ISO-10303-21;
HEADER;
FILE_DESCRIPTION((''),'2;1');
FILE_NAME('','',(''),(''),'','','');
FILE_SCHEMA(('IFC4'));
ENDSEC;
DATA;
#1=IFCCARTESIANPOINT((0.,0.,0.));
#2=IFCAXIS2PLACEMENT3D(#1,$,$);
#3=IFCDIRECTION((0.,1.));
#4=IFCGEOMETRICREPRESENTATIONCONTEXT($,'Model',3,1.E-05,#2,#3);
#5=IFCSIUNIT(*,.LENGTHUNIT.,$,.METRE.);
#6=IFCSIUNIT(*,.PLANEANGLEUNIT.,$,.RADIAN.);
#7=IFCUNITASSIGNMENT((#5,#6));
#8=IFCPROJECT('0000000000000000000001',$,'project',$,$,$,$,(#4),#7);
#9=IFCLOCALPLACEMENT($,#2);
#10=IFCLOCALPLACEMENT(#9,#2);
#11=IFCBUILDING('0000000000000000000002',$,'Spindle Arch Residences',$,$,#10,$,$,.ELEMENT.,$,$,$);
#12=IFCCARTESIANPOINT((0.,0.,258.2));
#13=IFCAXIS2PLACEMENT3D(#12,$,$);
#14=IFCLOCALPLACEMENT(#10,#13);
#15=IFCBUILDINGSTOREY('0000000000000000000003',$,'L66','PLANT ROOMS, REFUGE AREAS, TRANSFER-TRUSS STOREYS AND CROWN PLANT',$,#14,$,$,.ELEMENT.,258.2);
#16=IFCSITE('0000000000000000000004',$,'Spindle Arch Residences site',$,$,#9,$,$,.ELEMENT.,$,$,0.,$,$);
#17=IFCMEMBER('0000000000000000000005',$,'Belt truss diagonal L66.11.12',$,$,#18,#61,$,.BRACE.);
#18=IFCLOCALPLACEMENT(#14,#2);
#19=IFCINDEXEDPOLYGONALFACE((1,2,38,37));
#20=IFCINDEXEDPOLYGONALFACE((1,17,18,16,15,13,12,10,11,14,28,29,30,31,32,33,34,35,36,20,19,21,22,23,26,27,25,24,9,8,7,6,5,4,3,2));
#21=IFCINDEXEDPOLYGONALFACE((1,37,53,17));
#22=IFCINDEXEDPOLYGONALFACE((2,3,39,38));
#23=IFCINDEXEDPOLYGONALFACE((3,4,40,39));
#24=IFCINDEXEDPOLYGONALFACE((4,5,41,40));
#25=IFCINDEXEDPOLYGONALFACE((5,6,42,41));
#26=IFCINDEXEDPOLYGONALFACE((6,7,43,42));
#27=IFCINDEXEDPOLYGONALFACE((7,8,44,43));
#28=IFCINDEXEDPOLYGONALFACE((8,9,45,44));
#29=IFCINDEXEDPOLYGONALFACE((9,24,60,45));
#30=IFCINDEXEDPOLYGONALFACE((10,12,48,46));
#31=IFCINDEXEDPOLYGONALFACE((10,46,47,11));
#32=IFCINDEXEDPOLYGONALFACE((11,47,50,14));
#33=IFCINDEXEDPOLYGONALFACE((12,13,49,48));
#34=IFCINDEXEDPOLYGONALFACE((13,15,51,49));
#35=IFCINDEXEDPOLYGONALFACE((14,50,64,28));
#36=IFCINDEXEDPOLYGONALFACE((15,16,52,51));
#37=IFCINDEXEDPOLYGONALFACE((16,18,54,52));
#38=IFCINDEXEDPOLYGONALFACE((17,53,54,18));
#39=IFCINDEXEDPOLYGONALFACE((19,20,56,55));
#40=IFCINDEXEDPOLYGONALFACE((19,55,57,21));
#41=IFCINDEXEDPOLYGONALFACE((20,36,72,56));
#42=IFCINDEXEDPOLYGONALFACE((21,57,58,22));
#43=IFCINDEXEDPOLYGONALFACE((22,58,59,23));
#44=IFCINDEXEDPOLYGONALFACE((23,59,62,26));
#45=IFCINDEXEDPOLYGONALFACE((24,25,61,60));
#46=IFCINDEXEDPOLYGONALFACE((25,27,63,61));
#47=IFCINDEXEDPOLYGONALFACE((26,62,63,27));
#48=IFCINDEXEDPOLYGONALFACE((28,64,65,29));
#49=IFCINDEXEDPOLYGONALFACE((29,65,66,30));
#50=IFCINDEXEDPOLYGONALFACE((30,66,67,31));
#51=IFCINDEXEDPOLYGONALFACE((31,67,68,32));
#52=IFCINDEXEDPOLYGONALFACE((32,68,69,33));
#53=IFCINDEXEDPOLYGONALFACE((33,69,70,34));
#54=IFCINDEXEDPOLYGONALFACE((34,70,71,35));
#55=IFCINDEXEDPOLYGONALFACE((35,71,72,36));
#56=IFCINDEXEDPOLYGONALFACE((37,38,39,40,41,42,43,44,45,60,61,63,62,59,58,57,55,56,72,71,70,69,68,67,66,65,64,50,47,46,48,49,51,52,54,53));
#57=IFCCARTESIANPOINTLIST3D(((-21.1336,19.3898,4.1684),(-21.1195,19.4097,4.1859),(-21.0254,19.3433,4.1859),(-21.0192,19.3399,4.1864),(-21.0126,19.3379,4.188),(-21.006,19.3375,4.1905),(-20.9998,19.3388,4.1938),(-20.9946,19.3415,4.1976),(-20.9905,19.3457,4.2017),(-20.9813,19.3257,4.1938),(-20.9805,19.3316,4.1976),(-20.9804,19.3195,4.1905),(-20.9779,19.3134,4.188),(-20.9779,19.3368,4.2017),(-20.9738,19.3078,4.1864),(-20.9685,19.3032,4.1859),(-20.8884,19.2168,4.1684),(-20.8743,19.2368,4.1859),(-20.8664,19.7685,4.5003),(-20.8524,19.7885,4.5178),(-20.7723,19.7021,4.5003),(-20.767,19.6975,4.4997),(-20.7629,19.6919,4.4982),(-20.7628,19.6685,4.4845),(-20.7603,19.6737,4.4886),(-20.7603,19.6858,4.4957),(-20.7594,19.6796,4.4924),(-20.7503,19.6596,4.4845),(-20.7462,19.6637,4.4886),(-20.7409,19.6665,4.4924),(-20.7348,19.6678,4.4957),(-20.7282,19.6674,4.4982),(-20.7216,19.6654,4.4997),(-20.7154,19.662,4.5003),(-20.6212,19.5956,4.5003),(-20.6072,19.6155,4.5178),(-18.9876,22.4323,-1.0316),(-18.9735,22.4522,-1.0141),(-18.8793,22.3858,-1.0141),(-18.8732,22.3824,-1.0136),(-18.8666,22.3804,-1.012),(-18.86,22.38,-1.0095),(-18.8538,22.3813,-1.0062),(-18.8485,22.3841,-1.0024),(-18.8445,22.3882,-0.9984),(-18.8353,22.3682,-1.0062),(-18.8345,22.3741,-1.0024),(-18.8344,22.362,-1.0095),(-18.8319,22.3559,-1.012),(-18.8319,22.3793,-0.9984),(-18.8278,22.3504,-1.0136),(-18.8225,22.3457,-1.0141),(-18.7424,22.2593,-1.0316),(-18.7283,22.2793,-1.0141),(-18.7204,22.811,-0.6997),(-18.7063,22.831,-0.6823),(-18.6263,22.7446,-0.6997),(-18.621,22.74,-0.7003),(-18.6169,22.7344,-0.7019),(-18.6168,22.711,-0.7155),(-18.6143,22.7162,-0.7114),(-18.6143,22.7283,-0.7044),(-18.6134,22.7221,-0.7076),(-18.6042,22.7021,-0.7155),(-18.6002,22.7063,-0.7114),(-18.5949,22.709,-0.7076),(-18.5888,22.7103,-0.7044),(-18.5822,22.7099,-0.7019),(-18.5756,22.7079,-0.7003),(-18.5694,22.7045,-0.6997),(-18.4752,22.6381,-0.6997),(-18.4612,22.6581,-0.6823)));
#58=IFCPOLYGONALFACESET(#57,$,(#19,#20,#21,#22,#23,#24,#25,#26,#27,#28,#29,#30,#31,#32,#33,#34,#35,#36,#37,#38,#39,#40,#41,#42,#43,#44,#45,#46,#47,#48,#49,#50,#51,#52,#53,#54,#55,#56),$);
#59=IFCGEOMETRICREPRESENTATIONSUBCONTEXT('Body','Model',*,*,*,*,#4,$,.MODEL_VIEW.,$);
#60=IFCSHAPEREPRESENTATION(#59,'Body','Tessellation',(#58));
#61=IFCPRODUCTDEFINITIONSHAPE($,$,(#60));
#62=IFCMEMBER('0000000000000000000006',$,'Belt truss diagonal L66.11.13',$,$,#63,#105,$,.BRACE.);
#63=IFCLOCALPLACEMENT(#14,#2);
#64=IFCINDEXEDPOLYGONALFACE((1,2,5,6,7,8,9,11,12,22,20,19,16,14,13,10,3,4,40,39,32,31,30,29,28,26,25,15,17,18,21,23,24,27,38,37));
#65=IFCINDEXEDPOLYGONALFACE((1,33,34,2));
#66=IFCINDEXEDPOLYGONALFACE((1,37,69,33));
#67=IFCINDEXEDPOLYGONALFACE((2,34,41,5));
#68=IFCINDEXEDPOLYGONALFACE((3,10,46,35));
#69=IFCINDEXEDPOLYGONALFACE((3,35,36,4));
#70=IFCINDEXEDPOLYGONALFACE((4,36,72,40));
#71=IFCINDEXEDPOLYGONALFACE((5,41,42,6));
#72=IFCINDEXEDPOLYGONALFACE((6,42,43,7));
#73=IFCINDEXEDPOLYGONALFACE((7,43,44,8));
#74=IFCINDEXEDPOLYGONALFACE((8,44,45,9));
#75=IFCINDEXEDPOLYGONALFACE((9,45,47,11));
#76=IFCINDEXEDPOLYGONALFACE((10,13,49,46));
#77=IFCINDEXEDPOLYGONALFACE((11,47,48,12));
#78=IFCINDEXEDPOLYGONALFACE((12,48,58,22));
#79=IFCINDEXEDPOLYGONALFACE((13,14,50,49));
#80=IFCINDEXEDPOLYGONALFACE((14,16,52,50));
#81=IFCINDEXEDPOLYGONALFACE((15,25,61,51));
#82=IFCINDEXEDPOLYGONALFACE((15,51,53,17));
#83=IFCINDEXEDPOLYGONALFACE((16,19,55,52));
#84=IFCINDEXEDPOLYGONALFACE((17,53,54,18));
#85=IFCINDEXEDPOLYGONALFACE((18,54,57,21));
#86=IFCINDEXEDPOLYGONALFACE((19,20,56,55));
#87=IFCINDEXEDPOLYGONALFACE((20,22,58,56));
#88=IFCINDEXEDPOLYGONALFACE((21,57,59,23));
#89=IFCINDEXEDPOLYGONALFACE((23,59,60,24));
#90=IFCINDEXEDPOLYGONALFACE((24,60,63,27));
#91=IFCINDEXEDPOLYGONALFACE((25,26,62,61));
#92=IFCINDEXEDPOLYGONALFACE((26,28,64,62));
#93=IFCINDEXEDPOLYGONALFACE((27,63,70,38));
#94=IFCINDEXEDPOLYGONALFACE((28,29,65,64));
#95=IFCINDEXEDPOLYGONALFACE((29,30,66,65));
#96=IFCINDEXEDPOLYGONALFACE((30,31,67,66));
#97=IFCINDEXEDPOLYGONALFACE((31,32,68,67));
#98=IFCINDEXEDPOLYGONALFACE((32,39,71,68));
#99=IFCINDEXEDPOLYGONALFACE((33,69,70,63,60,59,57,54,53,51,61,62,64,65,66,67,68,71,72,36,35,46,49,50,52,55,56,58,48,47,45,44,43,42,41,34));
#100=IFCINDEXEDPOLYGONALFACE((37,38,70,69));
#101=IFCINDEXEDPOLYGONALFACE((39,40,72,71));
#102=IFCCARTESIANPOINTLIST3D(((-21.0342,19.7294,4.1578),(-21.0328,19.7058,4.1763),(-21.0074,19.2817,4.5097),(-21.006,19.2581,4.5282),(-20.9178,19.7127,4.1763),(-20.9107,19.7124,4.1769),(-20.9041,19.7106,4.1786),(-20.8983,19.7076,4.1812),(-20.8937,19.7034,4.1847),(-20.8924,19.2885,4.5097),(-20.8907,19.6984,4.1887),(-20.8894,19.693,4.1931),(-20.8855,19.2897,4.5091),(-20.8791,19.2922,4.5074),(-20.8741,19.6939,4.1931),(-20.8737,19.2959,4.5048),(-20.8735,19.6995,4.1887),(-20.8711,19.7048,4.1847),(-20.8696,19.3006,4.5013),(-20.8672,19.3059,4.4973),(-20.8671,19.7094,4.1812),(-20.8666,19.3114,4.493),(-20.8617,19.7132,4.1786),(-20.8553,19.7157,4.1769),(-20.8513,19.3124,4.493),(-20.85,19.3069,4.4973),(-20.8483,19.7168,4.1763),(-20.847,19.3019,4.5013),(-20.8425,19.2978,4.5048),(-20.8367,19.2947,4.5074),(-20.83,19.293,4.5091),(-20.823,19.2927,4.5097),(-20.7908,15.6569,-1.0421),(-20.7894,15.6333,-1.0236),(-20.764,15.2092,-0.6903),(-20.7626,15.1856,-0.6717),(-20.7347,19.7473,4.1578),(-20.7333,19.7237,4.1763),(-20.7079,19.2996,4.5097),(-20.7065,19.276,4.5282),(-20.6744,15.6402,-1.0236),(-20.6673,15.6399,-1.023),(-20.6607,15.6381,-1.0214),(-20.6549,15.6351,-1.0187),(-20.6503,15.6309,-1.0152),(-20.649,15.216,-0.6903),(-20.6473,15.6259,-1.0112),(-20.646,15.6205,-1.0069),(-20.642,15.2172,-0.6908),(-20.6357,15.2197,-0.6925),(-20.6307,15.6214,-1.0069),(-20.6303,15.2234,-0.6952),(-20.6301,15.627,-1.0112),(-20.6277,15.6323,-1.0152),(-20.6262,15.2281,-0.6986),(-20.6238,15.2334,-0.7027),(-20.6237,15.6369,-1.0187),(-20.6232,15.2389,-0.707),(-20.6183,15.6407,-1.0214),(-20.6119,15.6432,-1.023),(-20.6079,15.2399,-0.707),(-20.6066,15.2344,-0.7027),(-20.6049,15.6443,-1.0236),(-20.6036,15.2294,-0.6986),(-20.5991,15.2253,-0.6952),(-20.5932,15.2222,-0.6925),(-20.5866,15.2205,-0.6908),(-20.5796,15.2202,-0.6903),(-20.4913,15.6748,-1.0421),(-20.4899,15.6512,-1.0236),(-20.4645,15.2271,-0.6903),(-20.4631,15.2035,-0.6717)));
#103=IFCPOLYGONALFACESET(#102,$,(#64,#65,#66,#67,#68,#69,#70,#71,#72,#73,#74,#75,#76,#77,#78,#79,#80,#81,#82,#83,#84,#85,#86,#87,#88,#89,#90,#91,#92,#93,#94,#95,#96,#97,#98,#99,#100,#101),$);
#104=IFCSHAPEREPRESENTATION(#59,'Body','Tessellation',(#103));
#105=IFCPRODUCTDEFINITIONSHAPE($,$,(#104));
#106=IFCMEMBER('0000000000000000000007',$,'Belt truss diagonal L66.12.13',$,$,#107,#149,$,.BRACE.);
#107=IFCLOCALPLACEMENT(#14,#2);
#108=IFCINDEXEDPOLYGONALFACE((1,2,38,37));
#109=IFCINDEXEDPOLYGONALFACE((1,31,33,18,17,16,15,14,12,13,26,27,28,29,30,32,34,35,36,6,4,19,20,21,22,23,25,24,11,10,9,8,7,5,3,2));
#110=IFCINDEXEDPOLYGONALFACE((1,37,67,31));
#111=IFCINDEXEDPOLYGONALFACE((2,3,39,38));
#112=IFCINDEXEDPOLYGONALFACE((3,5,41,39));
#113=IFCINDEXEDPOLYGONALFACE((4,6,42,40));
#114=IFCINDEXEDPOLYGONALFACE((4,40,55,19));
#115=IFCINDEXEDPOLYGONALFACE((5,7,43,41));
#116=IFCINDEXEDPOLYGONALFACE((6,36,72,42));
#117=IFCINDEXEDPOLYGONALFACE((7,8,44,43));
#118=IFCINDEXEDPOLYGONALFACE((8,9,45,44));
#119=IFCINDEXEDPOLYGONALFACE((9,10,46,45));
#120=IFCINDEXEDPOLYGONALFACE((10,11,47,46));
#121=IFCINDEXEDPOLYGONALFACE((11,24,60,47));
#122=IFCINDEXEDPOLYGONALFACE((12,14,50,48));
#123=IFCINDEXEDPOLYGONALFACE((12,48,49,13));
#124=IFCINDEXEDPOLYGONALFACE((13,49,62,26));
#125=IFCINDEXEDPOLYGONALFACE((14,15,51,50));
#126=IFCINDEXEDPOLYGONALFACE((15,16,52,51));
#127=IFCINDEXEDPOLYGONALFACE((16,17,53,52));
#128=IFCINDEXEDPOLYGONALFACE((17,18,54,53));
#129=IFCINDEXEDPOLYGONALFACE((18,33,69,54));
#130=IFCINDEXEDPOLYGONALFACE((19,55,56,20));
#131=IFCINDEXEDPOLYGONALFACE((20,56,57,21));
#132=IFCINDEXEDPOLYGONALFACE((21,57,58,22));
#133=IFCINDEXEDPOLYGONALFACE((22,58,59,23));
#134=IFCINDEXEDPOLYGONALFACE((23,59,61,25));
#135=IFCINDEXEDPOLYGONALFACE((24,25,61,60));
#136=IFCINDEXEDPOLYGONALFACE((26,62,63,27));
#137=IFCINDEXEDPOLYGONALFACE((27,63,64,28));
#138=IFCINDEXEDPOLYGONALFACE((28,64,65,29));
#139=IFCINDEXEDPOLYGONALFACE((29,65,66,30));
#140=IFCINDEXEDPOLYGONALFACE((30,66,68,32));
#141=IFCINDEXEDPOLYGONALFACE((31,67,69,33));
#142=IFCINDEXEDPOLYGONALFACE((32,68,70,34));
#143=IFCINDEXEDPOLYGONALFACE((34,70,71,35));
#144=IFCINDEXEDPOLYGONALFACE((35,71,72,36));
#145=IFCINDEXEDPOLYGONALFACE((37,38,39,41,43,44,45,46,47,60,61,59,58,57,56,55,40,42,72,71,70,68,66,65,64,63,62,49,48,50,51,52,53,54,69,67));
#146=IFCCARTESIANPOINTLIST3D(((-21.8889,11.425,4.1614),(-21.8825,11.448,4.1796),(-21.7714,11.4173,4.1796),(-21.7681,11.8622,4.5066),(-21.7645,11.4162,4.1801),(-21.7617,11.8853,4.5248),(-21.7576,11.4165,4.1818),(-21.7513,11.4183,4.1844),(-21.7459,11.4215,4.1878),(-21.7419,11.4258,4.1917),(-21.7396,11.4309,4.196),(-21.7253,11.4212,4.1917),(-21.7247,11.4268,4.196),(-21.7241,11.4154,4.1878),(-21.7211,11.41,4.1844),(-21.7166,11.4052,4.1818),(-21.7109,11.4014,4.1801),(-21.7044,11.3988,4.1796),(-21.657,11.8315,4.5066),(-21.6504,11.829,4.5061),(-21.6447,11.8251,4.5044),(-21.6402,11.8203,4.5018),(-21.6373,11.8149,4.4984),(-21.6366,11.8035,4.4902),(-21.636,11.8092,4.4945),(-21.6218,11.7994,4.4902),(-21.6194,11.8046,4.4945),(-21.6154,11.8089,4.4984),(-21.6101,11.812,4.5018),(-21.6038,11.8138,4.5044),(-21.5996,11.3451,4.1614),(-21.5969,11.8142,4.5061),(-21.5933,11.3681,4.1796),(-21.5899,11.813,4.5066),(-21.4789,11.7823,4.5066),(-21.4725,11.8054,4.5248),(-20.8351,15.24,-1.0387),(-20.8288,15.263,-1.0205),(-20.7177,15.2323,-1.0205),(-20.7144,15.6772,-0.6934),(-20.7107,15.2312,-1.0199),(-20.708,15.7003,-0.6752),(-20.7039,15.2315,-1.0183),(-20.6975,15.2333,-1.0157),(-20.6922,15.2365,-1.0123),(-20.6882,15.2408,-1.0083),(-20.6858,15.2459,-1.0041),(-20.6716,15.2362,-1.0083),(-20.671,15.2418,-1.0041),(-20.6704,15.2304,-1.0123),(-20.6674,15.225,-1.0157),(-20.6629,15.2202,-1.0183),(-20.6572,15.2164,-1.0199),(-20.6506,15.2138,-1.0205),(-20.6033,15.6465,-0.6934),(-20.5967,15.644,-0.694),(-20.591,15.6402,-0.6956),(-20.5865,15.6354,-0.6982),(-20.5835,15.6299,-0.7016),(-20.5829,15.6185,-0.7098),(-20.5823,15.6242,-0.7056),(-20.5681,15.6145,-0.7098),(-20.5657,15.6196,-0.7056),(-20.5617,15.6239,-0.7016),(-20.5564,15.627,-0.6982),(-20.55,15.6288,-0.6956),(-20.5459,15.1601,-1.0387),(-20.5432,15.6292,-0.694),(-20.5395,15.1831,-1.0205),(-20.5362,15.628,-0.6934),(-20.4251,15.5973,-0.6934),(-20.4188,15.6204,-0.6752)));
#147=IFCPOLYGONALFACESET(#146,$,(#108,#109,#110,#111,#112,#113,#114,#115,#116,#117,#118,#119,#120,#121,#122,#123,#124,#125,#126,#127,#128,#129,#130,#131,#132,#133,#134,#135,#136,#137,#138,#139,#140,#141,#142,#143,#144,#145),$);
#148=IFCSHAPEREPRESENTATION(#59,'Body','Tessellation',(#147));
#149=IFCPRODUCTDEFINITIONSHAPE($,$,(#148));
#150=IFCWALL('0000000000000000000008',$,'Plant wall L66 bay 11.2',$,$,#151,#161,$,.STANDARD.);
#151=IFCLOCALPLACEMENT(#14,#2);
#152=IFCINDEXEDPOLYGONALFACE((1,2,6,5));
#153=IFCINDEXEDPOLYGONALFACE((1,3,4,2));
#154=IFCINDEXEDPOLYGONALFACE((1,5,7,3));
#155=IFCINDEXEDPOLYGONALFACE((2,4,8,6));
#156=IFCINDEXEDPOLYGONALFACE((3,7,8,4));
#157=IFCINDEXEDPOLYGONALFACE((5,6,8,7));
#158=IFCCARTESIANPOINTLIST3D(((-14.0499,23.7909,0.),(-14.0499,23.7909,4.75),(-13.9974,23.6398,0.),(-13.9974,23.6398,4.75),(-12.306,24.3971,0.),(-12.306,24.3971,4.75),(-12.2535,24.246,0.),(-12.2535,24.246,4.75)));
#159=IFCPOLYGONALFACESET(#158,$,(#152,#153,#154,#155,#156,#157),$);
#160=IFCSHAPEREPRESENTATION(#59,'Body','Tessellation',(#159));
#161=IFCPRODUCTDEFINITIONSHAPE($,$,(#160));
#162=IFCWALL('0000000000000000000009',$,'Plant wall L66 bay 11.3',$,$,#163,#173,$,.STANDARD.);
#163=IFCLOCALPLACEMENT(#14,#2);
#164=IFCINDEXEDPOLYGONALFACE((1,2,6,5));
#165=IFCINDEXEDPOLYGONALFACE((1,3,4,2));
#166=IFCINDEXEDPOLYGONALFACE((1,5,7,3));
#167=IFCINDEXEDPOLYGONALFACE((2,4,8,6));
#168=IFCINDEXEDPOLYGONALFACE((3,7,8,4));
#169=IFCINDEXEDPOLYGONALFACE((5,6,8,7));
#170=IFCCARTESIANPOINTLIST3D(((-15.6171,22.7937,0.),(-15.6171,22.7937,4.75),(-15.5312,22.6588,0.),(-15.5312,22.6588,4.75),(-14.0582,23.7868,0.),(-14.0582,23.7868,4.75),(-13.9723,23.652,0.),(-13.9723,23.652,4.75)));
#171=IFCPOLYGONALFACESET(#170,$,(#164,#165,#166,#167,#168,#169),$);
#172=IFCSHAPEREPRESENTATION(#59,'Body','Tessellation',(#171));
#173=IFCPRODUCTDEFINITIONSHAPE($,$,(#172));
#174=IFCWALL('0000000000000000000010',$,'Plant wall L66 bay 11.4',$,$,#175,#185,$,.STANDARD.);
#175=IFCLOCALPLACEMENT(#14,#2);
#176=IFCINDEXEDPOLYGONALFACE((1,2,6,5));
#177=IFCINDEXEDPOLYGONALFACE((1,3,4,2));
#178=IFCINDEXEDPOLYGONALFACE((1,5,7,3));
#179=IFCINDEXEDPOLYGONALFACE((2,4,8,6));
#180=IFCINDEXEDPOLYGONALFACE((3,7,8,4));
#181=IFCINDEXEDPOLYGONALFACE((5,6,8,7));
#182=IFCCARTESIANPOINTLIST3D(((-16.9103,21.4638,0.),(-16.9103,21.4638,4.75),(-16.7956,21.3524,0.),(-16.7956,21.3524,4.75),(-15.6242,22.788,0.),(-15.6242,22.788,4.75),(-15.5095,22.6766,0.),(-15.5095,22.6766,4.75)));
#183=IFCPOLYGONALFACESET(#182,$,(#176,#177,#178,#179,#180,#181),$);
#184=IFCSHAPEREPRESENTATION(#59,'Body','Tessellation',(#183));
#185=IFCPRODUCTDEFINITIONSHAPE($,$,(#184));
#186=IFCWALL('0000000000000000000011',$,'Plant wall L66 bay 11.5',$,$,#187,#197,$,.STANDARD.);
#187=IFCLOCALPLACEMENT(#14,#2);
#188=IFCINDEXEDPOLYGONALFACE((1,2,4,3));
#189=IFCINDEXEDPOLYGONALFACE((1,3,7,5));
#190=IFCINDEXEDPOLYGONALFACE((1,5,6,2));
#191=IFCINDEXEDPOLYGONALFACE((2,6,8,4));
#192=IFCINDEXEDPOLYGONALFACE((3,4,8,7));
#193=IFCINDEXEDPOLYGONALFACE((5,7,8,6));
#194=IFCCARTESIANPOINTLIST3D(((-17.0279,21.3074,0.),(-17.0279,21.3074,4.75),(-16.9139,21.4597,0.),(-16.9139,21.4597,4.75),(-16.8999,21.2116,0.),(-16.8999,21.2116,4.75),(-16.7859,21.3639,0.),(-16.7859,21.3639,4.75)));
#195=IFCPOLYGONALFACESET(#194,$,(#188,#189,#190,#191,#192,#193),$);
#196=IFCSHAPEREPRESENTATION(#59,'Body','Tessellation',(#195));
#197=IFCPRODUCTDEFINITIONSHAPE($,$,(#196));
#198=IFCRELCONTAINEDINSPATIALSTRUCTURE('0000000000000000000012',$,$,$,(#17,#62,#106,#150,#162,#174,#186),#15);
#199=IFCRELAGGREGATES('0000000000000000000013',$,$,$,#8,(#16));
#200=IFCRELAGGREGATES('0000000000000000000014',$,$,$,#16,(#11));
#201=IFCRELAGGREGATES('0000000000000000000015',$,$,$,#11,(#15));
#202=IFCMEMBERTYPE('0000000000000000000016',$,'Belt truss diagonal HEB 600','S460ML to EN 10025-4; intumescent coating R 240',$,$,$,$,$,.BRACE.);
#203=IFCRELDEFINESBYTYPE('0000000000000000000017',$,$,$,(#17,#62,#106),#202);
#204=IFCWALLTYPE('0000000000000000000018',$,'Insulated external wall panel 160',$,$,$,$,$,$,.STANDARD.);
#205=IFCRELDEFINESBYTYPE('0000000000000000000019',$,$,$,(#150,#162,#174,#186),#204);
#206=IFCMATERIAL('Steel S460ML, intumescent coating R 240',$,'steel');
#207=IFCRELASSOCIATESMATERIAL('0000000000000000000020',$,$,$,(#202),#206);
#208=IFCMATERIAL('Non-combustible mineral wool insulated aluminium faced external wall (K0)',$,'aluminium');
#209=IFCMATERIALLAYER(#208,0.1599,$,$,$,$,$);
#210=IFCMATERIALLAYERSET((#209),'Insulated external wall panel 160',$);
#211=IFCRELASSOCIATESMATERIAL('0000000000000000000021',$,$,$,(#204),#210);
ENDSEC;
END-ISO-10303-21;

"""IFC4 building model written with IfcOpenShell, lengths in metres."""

from ifc_helpers import new_model, si_unit, direction, frame, frame_2d, origin, origin_2d, place, context, subcontext, project, spatial, rectangle, i_section, extrude, material, layer, layer_set, material_profile, profile_set, type_object, element, save


model = new_model("IFC4")

# Units and contexts
model_context = context("Model", 3, precision=1e-05, world=origin(), true_north=direction((0.0, 1.0)))
body_context = subcontext(model_context, "Body", "Model", "MODEL_VIEW")
ifc_project = project(units=[si_unit("LENGTHUNIT", "METRE"), si_unit("PLANEANGLEUNIT", "RADIAN")], contexts=[model_context])

# Site, building, storey
site_placement = place(None, origin())
site = spatial("IfcSite", under=ifc_project, at=site_placement, Name="Spindle Arch Residences site", CompositionType="ELEMENT", RefElevation=0.0)
building_placement = place(site_placement, origin())
building = spatial("IfcBuilding", under=site, at=building_placement, Name="Spindle Arch Residences", CompositionType="ELEMENT")
storey_placement = place(building_placement, frame((0.0, 0.0, 258.2)))
storey = spatial("IfcBuildingStorey", under=building, at=storey_placement, Name="L66", Description="PLANT ROOMS, REFUGE AREAS, TRANSFER-TRUSS STOREYS AND CROWN PLANT", CompositionType="ELEMENT", Elevation=258.2)

# Members
ifc_material_1 = material(Name="Steel S460ML, intumescent coating R 240", Category="steel")
ifc_material_profile_1 = material_profile(ifc_material_1, i_section(OverallWidth=0.3, OverallDepth=0.6001, WebThickness=0.0154, FlangeThickness=0.03, FilletRadius=0.0271, at=origin_2d()), Name="HEB 600")
ifc_profile_set_1 = profile_set([ifc_material_profile_1], Name="Steel S460ML, intumescent coating R 240")
member_type_1 = type_object("IfcMemberType", Name="Belt truss diagonal HEB 600", Description="S460ML to EN 10025-4; intumescent coating R 240", PredefinedType="BRACE", material=ifc_profile_set_1)
member_1_placement = place(storey_placement, frame((-18.7244, 22.5452, -0.8569), z_axis=(-0.335552, -0.475728, 0.813073), x_axis=(0.817175, -0.57639, 0.0)))
element("IfcMember", 1, at=member_1_placement, inside=storey, type_object=member_type_1, Name="Belt truss diagonal L66.11.12", PredefinedType="BRACE", context=body_context, shape_type="SweptSolid", body=[
    extrude(i_section(OverallWidth=0.3, OverallDepth=0.6001, WebThickness=0.0154, FlangeThickness=0.03, FilletRadius=0.0271, at=origin_2d()), origin(), (0.0, 0.0, 1.0), 6.3955),
])
member_2_placement = place(storey_placement, frame((-20.627, 15.4302, -0.8569), z_axis=(-0.036828, 0.61617, 0.786752), x_axis=(-0.998219, -0.059662, 0.0)))
element("IfcMember", 2, at=member_2_placement, inside=storey, type_object=member_type_1, Name="Belt truss diagonal L66.11.13", PredefinedType="BRACE", context=body_context, shape_type="SweptSolid", body=[
    extrude(i_section(OverallWidth=0.3, OverallDepth=0.6001, WebThickness=0.0154, FlangeThickness=0.03, FilletRadius=0.0271, at=origin_2d()), origin(), (0.0, 0.0, 1.0), 6.6094),
])
member_3_placement = place(storey_placement, frame((-20.627, 15.4302, -0.8569), z_axis=(-0.161246, -0.583789, 0.795733), x_axis=(0.963908, -0.266237, 0.0)))
element("IfcMember", 3, at=member_3_placement, inside=storey, type_object=member_type_1, Name="Belt truss diagonal L66.12.13", PredefinedType="BRACE", context=body_context, shape_type="SweptSolid", body=[
    extrude(i_section(OverallWidth=0.3, OverallDepth=0.6001, WebThickness=0.0154, FlangeThickness=0.03, FilletRadius=0.0271, at=origin_2d()), origin(), (0.0, 0.0, 1.0), 6.5349),
])

# Walls
ifc_material_2 = material(Name="Non-combustible mineral wool insulated aluminium faced external wall (K0)", Category="aluminium")
ifc_layer_1 = layer(ifc_material_2, 0.1599)
ifc_layer_set_1 = layer_set([ifc_layer_1], Name="Insulated external wall panel 160")
wall_type_1 = type_object("IfcWallType", Name="Insulated external wall panel 160", PredefinedType="STANDARD", material=ifc_layer_set_1)
wall_1_placement = place(storey_placement, frame((-12.2798, 24.3215, 0.0), z_axis=(0.0, 0.0, 1.0), x_axis=(-0.944559, -0.328341, 0.0)))
element("IfcWall", 4, at=wall_1_placement, inside=storey, type_object=wall_type_1, Name="Plant wall L66 bay 11.2", PredefinedType="STANDARD", context=body_context, shape_type="SweptSolid", body=[
    extrude(rectangle(XDim=1.8462, YDim=0.1599, at=frame_2d((0.9231, 0.0))), origin(), (0.0, 0.0, 1.0), 4.75),
])
wall_2_placement = place(storey_placement, frame((-14.0151, 23.7195, 0.0), z_axis=(0.0, 0.0, 1.0), x_axis=(-0.843373, -0.537328, 0.0)))
element("IfcWall", 5, at=wall_2_placement, inside=storey, type_object=wall_type_1, Name="Plant wall L66 bay 11.3", PredefinedType="STANDARD", context=body_context, shape_type="SweptSolid", body=[
    extrude(rectangle(XDim=1.8484, YDim=0.1599, at=frame_2d((0.9243, 0.0))), origin(), (0.0, 0.0, 1.0), 4.75),
])
wall_3_placement = place(storey_placement, frame((-15.5669, 22.7322, 0.0), z_axis=(0.0, 0.0, 1.0), x_axis=(-0.696716, -0.717347, 0.0)))
element("IfcWall", 6, at=wall_3_placement, inside=storey, type_object=wall_type_1, Name="Plant wall L66 bay 11.4", PredefinedType="STANDARD", context=body_context, shape_type="SweptSolid", body=[
    extrude(rectangle(XDim=1.8459, YDim=0.1599, at=frame_2d((0.9229, 0.0))), origin(), (0.0, 0.0, 1.0), 4.75),
])
wall_4_placement = place(storey_placement, frame((-16.8499, 21.4119, 0.0), z_axis=(0.0, 0.0, 1.0), x_axis=(-0.599179, -0.800615, 0.0)))
element("IfcWall", 7, at=wall_4_placement, inside=storey, type_object=wall_type_1, Name="Plant wall L66 bay 11.5", PredefinedType="STANDARD", context=body_context, shape_type="SweptSolid", body=[
    extrude(rectangle(XDim=0.1902, YDim=0.1599, at=frame_2d((0.0952, 0.0))), origin(), (0.0, 0.0, 1.0), 4.75),
])

save(model, "model.ifc")
